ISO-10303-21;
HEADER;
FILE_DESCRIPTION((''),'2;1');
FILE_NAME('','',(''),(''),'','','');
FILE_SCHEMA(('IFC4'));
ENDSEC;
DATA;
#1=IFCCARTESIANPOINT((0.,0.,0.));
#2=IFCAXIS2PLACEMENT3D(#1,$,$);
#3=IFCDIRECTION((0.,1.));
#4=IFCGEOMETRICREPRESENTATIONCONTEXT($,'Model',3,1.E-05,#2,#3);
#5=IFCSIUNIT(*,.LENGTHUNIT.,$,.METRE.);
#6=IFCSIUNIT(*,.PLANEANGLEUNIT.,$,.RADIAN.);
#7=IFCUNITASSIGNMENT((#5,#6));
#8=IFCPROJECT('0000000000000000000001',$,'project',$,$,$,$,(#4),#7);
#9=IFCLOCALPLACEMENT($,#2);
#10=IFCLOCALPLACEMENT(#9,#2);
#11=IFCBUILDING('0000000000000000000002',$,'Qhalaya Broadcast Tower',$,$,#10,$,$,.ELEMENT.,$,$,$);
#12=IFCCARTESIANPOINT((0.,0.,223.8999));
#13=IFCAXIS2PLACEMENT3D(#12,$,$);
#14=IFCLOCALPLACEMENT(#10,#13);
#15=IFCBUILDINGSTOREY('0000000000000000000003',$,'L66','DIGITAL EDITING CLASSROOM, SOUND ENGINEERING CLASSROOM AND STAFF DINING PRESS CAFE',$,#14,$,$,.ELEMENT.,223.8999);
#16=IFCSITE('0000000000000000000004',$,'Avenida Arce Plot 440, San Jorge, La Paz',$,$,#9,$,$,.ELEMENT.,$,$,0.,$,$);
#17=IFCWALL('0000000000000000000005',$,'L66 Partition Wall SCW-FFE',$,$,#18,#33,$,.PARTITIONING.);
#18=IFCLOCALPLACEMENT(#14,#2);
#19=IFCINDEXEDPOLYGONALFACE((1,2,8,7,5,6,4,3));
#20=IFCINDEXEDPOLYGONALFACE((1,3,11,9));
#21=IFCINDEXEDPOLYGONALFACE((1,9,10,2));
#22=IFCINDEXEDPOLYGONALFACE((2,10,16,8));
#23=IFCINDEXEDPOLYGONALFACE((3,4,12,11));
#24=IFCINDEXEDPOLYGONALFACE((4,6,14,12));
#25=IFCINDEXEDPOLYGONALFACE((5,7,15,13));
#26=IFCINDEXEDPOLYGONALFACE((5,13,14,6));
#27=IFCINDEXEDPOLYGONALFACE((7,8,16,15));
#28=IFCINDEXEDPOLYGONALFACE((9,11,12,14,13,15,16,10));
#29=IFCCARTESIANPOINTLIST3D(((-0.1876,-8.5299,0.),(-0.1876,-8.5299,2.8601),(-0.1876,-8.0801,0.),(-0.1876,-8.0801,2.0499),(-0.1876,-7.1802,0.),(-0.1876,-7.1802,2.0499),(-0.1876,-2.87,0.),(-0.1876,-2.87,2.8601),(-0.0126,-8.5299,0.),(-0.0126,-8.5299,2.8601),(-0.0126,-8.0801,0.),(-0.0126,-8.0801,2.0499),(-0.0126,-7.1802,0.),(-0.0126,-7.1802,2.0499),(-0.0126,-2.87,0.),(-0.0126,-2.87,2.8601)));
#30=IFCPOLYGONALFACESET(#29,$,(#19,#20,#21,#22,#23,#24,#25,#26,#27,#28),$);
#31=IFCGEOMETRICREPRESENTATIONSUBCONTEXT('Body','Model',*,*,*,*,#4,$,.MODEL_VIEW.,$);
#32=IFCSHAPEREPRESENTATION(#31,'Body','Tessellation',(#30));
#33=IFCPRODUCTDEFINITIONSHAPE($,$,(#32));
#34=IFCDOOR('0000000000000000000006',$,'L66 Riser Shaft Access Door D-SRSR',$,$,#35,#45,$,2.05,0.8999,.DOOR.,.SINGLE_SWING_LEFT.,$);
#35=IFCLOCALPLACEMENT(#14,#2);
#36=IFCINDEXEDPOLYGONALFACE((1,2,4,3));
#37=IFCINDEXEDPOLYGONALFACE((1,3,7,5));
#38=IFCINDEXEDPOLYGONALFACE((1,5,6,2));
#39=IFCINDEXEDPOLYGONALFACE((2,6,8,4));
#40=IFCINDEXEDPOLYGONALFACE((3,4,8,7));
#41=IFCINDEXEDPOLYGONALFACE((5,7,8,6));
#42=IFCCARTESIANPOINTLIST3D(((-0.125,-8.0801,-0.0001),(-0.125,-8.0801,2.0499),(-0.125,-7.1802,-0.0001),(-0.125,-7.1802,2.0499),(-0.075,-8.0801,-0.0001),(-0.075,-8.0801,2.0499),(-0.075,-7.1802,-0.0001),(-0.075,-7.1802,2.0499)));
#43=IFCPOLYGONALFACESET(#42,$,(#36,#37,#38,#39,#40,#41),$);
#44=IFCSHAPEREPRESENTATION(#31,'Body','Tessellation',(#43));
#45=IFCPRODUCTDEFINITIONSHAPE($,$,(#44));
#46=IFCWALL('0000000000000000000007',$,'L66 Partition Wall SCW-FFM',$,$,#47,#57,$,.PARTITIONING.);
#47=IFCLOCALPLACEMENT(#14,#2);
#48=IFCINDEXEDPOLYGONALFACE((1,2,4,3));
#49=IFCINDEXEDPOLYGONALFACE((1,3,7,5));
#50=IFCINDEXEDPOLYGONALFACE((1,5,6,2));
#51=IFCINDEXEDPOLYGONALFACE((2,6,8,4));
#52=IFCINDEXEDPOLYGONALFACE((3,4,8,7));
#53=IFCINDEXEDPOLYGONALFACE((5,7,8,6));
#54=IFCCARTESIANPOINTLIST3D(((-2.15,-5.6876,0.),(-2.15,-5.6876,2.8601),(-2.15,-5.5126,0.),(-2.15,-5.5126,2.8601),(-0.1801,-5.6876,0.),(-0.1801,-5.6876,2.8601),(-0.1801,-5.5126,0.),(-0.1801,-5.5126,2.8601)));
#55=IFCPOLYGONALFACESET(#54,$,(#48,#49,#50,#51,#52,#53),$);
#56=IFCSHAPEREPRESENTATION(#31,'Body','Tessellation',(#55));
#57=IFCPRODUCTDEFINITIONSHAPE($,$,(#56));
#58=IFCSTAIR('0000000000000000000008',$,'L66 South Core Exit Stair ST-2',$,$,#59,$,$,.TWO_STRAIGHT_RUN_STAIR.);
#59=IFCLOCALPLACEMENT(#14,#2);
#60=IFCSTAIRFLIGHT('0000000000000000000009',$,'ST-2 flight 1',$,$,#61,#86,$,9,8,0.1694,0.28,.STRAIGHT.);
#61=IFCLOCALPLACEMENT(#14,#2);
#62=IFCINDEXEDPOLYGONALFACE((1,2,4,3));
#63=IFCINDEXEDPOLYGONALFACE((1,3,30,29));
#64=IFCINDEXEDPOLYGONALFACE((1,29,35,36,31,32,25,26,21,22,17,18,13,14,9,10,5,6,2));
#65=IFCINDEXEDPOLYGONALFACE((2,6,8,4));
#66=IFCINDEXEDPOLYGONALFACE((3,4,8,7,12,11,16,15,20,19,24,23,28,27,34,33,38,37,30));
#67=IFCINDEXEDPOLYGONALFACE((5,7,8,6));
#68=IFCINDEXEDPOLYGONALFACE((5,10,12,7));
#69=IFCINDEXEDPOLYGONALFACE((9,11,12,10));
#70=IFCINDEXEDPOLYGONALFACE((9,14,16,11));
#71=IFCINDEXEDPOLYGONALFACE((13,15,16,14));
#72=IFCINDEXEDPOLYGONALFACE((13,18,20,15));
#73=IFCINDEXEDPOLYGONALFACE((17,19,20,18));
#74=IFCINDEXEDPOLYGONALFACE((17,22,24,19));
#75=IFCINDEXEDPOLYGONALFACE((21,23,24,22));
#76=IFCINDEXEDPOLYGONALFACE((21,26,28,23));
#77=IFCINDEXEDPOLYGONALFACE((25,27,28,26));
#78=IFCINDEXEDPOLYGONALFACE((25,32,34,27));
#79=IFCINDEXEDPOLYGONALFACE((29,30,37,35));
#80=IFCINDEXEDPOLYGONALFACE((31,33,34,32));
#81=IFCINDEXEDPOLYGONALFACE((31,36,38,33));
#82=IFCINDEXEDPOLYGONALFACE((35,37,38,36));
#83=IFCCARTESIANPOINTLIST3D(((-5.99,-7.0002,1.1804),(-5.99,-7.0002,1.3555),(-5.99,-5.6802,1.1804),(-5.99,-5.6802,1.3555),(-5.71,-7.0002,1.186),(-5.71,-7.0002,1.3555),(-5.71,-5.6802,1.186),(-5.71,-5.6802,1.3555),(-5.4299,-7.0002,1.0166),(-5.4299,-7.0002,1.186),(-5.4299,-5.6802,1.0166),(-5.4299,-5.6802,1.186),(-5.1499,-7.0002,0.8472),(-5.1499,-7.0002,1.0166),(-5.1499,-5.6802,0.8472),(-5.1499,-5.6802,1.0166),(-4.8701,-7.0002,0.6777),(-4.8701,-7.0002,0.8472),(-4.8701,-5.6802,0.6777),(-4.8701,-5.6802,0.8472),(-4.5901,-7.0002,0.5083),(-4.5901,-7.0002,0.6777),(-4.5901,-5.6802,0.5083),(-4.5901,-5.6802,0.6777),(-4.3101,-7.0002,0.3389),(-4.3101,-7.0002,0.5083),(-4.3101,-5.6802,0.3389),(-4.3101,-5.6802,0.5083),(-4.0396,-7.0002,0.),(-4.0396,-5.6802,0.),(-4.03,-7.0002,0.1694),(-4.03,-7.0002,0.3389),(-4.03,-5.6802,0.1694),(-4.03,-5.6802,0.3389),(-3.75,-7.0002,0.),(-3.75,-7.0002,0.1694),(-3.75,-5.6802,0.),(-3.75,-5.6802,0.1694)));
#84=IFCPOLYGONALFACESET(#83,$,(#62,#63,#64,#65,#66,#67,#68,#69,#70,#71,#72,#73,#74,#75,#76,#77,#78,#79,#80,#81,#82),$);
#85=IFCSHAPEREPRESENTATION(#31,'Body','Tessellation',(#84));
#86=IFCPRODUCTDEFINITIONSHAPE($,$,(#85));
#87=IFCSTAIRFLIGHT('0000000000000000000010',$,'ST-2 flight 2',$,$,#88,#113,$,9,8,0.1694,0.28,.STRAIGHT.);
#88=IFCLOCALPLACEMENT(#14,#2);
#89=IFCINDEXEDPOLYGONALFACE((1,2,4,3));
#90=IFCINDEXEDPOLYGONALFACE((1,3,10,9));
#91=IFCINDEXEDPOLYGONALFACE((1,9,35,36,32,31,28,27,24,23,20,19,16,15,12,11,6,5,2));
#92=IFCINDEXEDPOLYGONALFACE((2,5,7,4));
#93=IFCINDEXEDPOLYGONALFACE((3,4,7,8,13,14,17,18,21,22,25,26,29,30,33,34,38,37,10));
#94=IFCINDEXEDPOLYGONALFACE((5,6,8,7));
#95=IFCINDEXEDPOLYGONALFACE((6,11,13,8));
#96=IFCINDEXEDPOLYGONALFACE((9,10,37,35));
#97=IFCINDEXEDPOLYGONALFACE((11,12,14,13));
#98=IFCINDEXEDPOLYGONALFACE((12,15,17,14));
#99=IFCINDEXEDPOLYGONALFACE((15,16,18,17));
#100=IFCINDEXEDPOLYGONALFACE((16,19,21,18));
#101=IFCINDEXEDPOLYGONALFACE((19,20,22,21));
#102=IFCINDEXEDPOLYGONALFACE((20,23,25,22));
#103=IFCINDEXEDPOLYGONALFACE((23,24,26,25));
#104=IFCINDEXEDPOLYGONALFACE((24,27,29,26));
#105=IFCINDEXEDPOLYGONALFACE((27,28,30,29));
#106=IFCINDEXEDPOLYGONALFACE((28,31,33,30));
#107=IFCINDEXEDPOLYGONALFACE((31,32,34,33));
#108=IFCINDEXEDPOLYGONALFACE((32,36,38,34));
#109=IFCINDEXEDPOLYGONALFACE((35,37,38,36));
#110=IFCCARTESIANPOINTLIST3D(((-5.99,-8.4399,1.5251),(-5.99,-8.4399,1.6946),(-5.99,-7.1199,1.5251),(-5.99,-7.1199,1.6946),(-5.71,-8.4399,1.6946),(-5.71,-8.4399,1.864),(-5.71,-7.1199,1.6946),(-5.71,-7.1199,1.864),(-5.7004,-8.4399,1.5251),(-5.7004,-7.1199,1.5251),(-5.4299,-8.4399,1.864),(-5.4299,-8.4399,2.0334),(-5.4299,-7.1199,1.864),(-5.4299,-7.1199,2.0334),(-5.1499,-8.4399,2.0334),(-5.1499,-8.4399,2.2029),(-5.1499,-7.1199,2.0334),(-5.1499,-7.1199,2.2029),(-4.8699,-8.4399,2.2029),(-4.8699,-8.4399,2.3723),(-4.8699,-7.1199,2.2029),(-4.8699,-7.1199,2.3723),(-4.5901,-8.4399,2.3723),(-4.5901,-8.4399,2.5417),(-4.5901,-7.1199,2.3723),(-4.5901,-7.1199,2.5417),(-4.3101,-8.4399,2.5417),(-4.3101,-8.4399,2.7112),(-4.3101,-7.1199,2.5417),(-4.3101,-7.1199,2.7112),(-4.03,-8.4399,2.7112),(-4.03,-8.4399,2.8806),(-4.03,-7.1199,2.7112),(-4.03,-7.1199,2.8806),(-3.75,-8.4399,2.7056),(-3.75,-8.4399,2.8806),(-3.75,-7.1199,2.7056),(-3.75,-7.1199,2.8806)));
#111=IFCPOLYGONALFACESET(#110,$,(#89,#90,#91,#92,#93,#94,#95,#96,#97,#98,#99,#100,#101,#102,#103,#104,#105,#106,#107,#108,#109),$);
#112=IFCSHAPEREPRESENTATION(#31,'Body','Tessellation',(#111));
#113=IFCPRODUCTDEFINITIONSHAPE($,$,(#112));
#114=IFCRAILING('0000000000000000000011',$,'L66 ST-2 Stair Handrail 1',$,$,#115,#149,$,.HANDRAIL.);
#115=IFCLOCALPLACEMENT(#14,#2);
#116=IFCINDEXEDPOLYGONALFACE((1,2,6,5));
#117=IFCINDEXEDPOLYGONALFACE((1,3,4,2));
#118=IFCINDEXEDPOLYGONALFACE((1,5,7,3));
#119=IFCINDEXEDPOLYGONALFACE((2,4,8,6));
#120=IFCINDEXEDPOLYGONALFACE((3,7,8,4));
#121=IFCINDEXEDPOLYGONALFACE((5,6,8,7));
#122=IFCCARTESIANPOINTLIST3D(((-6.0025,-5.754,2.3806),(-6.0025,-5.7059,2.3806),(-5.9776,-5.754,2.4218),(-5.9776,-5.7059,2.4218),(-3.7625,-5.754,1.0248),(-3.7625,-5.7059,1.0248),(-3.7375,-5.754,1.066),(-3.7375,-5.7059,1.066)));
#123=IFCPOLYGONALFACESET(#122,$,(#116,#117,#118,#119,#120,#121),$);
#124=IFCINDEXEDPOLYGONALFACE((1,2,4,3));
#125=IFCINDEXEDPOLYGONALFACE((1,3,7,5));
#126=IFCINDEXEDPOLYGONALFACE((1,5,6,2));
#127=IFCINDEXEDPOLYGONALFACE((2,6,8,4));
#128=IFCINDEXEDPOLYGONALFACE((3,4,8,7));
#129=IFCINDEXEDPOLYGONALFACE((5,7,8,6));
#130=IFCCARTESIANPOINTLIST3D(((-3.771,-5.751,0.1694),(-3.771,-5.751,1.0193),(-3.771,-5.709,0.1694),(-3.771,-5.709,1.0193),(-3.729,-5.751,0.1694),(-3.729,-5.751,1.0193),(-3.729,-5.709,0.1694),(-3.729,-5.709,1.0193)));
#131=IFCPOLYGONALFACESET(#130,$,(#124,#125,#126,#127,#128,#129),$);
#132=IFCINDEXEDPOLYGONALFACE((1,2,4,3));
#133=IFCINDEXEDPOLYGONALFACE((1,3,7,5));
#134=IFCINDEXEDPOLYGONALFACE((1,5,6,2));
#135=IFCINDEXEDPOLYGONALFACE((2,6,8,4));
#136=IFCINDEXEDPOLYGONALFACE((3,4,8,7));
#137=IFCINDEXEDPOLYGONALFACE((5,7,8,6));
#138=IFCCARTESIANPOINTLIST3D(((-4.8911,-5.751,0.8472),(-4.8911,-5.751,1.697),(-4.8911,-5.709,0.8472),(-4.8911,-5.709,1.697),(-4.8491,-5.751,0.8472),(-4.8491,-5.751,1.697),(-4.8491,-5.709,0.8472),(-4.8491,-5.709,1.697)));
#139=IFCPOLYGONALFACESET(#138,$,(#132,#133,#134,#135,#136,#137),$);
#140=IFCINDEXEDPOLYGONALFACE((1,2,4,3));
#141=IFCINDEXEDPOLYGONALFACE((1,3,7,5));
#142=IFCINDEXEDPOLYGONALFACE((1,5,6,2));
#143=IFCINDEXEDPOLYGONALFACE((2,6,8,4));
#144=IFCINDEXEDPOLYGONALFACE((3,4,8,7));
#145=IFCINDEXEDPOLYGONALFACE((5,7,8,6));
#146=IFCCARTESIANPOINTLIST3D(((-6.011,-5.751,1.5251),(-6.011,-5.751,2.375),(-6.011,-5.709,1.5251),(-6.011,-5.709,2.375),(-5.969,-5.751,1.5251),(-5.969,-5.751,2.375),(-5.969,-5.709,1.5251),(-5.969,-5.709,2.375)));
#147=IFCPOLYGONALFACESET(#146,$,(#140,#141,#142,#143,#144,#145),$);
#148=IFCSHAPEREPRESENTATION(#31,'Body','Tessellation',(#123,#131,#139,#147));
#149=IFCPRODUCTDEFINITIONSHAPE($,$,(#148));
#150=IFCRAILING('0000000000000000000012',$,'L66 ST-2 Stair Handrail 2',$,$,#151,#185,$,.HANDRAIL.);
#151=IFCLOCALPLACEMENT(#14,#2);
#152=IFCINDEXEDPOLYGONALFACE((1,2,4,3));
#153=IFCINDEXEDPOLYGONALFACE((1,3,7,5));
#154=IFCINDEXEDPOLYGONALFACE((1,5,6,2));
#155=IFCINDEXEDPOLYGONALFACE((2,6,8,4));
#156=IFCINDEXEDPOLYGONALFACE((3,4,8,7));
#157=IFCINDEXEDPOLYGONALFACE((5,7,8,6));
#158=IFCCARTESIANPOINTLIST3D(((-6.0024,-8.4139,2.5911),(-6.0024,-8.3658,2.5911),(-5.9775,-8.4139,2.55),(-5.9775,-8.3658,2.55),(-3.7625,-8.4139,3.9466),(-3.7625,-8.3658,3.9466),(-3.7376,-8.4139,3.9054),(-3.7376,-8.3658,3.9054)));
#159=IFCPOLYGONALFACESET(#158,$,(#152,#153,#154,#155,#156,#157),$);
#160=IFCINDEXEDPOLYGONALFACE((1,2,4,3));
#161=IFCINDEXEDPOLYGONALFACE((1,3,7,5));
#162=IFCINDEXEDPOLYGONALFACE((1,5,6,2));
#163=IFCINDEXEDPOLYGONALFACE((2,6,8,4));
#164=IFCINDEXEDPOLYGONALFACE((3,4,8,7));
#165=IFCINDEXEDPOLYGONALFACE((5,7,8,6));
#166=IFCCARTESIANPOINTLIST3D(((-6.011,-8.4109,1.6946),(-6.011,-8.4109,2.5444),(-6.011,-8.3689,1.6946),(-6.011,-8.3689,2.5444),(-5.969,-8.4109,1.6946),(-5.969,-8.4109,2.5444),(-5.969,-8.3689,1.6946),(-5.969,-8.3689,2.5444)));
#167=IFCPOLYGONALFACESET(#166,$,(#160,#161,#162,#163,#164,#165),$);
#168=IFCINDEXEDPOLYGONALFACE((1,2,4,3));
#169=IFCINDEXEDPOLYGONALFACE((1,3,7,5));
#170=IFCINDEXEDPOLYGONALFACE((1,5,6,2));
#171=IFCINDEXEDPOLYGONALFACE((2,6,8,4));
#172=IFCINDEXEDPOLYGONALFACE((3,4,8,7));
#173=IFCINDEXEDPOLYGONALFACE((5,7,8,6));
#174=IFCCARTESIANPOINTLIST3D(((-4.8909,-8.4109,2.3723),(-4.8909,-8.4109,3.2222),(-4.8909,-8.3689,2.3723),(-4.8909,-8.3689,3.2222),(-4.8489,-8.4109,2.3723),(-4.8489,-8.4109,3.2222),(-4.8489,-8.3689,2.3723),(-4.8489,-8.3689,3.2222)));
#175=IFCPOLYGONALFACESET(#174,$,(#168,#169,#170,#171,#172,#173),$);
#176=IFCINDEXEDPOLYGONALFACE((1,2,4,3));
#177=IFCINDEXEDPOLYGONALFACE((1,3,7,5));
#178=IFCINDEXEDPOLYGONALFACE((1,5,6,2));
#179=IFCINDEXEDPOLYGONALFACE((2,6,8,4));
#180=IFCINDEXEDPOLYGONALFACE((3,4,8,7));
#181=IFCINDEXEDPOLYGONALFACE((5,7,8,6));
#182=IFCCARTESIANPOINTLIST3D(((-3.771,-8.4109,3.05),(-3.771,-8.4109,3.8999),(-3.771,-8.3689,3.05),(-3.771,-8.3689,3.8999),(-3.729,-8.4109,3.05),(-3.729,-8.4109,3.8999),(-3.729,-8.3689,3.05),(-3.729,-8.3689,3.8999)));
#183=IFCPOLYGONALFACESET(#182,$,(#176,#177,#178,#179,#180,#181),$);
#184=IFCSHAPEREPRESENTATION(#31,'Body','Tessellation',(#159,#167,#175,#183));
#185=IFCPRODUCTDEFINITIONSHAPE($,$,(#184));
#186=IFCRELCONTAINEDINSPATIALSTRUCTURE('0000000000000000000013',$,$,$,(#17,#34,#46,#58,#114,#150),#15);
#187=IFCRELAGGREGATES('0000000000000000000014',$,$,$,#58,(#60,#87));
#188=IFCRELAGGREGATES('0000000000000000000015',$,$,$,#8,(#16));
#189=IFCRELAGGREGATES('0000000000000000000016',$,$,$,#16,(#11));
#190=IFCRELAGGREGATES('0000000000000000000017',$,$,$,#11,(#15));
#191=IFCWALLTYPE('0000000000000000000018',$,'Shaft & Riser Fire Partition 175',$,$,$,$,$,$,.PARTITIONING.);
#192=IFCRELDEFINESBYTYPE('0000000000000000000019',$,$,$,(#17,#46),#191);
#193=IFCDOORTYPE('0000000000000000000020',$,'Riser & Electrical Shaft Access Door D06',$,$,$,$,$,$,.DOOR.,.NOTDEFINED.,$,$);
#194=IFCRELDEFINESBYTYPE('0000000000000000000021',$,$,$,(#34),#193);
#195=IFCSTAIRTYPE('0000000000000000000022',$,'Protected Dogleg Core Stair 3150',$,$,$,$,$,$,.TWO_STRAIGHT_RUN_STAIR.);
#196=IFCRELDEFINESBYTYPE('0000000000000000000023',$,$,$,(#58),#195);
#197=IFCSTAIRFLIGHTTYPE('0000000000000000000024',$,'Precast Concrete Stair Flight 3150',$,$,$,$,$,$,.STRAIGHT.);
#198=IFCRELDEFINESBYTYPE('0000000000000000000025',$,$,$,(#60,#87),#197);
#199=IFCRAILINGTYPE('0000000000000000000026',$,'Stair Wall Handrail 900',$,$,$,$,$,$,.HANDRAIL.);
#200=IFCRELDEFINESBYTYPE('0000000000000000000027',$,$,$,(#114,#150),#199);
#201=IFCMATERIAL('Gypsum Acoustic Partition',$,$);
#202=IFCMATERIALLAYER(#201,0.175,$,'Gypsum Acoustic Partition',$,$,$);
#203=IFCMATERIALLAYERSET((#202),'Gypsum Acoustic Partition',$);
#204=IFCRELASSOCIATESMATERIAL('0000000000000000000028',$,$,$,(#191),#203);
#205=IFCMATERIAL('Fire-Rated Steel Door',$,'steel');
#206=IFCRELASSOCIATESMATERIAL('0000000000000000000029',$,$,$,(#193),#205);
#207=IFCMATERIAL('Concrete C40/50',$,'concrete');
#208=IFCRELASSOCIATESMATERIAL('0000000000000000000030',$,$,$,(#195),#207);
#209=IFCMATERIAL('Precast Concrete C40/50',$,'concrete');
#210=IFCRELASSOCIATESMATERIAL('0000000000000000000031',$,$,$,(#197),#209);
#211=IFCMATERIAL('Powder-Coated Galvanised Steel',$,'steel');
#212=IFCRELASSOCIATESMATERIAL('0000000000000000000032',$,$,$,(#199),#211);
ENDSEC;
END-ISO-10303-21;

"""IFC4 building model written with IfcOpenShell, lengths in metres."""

from ifc_helpers import new_model, si_unit, direction, frame, frame_2d, origin, origin_2d, place, context, subcontext, project, spatial, polyline, rectangle, outline, extrude, material, layer, layer_set, type_object, element, fill, aggregate, save


model = new_model("IFC4")

# Units and contexts
model_context = context("Model", 3, precision=1e-05, world=origin(), true_north=direction((0.0, 1.0)))
body_context = subcontext(model_context, "Body", "Model", "MODEL_VIEW")
ifc_project = project(units=[si_unit("LENGTHUNIT", "METRE"), si_unit("PLANEANGLEUNIT", "RADIAN")], contexts=[model_context])

# Site, building, storey
site_placement = place(None, origin())
site = spatial("IfcSite", under=ifc_project, at=site_placement, Name="Avenida Arce Plot 440, San Jorge, La Paz", CompositionType="ELEMENT", RefElevation=0.0)
building_placement = place(site_placement, origin())
building = spatial("IfcBuilding", under=site, at=building_placement, Name="Qhalaya Broadcast Tower", CompositionType="ELEMENT")
storey_placement = place(building_placement, frame((0.0, 0.0, 223.8999)))
storey = spatial("IfcBuildingStorey", under=building, at=storey_placement, Name="L66", Description="DIGITAL EDITING CLASSROOM, SOUND ENGINEERING CLASSROOM AND STAFF DINING PRESS CAFE", CompositionType="ELEMENT", Elevation=223.8999)

# Wall, opening, door
ifc_material_1 = material(Name="Fire-Rated Steel Door", Category="steel")
ifc_material_2 = material(Name="Gypsum Acoustic Partition")
ifc_layer_1 = layer(ifc_material_2, 0.175, Name="Gypsum Acoustic Partition")
ifc_layer_set_1 = layer_set([ifc_layer_1], Name="Gypsum Acoustic Partition")
wall_type_1 = type_object("IfcWallType", Name="Shaft & Riser Fire Partition 175", PredefinedType="PARTITIONING", material=ifc_layer_set_1)
wall_1_placement = place(storey_placement, frame((-0.1001, -8.53, 0.0), z_axis=(0.0, 0.0, 1.0), x_axis=(0.0, 1.0, 0.0)))
wall_1 = element("IfcWall", 1, at=wall_1_placement, inside=storey, type_object=wall_type_1, Name="L66 Partition Wall SCW-FFE", PredefinedType="PARTITIONING", context=body_context, shape_type="SweptSolid", body=[
    extrude(rectangle(XDim=5.6599, YDim=0.175, at=frame_2d((2.8301, 0.0))), origin(), (0.0, 0.0, 1.0), 2.8601),
])
opening_1_placement = place(wall_1_placement, frame((0.45, 0.0, 0.0)))
opening_1 = element("IfcOpeningElement", 2, at=opening_1_placement, cuts=wall_1, PredefinedType="OPENING", context=body_context, shape_type="SweptSolid", body=[
    extrude(rectangle(XDim=0.8999, YDim=2.05, at=frame_2d((0.45, 1.0249))), frame((0.0, 0.0996, 0.0), z_axis=(0.0, -1.0, 0.0), x_axis=(1.0, 0.0, 0.0)), (0.0, 0.0, 1.0), 0.199),
])
door_type_1 = type_object("IfcDoorType", Name="Riser & Electrical Shaft Access Door D06", OperationType="NOTDEFINED", PredefinedType="DOOR", material=ifc_material_1)
door_1_placement = place(opening_1_placement, origin())
door_1 = element("IfcDoor", 3, at=door_1_placement, inside=storey, type_object=door_type_1, Name="L66 Riser Shaft Access Door D-SRSR", OperationType="SINGLE_SWING_LEFT", OverallHeight=2.05, OverallWidth=0.8999, PredefinedType="DOOR", context=body_context, shape_type="SweptSolid", body=[
    extrude(rectangle(XDim=0.8999, YDim=2.05, at=frame_2d((0.45, 1.0249))), frame((0.0, 0.0249, 0.0), z_axis=(0.0, -1.0, 0.0), x_axis=(1.0, 0.0, 0.0)), (0.0, 0.0, 1.0), 0.05),
])
fill(opening_1, door_1)

# Wall
wall_2_placement = place(storey_placement, frame((-2.1499, -5.6001, 0.0), z_axis=(0.0, 0.0, 1.0), x_axis=(1.0, 0.0, 0.0)))
element("IfcWall", 4, at=wall_2_placement, inside=storey, type_object=wall_type_1, Name="L66 Partition Wall SCW-FFM", PredefinedType="PARTITIONING", context=body_context, shape_type="SweptSolid", body=[
    extrude(rectangle(XDim=1.97, YDim=0.175, at=frame_2d((0.9849, 0.0))), origin(), (0.0, 0.0, 1.0), 2.8601),
])

# Stair, stair flights
ifc_material_3 = material(Name="Concrete C40/50", Category="concrete")
stair_type = type_object("IfcStairType", Name="Protected Dogleg Core Stair 3150", PredefinedType="TWO_STRAIGHT_RUN_STAIR", material=ifc_material_3)
stair_placement = place(storey_placement, origin())
stair = element("IfcStair", 5, at=stair_placement, inside=storey, type_object=stair_type, Name="L66 South Core Exit Stair ST-2", PredefinedType="TWO_STRAIGHT_RUN_STAIR")
ifc_material_4 = material(Name="Precast Concrete C40/50", Category="concrete")
stair_flight_type = type_object("IfcStairFlightType", Name="Precast Concrete Stair Flight 3150", PredefinedType="STRAIGHT", material=ifc_material_4)
stair_flight_1_placement = place(storey_placement, frame((-3.75, -6.3401, 0.0), z_axis=(0.0, 0.0, 1.0), x_axis=(-1.0, 0.0, 0.0)))
stair_flight_1 = element("IfcStairFlight", 6, at=stair_flight_1_placement, type_object=stair_flight_type, Name="ST-2 flight 1", NumberOfRisers=9, NumberOfTreads=8, PredefinedType="STRAIGHT", RiserHeight=0.1694, TreadLength=0.28, context=body_context, shape_type="SweptSolid", body=[
    extrude(outline(polyline([(0.0, 0.0), (0.0, 0.1694), (0.28, 0.1694), (0.28, 0.3389), (0.5601, 0.3389), (0.5601, 0.5083), (0.8401, 0.5083), (0.8401, 0.6777), (1.1201, 0.6777), (1.1201, 0.8472), (1.3999, 0.8472), (1.3999, 1.0166), (1.6799, 1.0166), (1.6799, 1.186), (1.96, 1.186), (1.96, 1.3555), (2.24, 1.3555), (2.24, 1.5249), (2.24, 1.1804), (0.2896, 0.0), (0.0, 0.0)])), frame((0.0, 0.6602, 0.0), z_axis=(0.0, -1.0, 0.0), x_axis=(1.0, 0.0, 0.0)), (0.0, 0.0, 1.0), 1.3201),
])
stair_flight_2_placement = place(storey_placement, frame((-5.99, -7.78, 1.5251), z_axis=(0.0, 0.0, 1.0), x_axis=(1.0, 0.0, 0.0)))
stair_flight_2 = element("IfcStairFlight", 7, at=stair_flight_2_placement, type_object=stair_flight_type, Name="ST-2 flight 2", NumberOfRisers=9, NumberOfTreads=8, PredefinedType="STRAIGHT", RiserHeight=0.1694, TreadLength=0.28, context=body_context, shape_type="SweptSolid", body=[
    extrude(outline(polyline([(0.0, 0.0), (0.0, 0.1694), (0.28, 0.1694), (0.28, 0.3389), (0.5601, 0.3389), (0.5601, 0.5083), (0.8401, 0.5083), (0.8401, 0.6777), (1.1201, 0.6777), (1.1201, 0.8472), (1.3999, 0.8472), (1.3999, 1.0166), (1.6799, 1.0166), (1.6799, 1.186), (1.96, 1.186), (1.96, 1.3555), (2.24, 1.3555), (2.24, 1.5249), (2.24, 1.1804), (0.2896, 0.0), (0.0, 0.0)])), frame((0.0, 0.6602, 0.0), z_axis=(0.0, -1.0, 0.0), x_axis=(1.0, 0.0, 0.0)), (0.0, 0.0, 1.0), 1.3201),
])
aggregate(stair, [stair_flight_1, stair_flight_2])

# Railings
ifc_material_5 = material(Name="Powder-Coated Galvanised Steel", Category="steel")
railing_type_1 = type_object("IfcRailingType", Name="Stair Wall Handrail 900", PredefinedType="HANDRAIL", material=ifc_material_5)
railing_1_placement = place(storey_placement, frame((-3.75, -5.73, 0.1694)))
element("IfcRailing", 8, at=railing_1_placement, inside=storey, type_object=railing_type_1, Name="L66 ST-2 Stair Handrail 1", PredefinedType="HANDRAIL", context=body_context, shape_type="SweptSolid", body=[
    extrude(rectangle(XDim=0.0481, YDim=0.0481, at=origin_2d()), frame((0.0, 0.0, 0.876), z_axis=(-0.855512, 0.0, 0.517783), x_axis=(0.0, -1.0, 0.0)), (0.0, 0.0, 1.0), 2.6184),
    extrude(rectangle(XDim=0.042, YDim=0.042, at=origin_2d()), origin(), (0.0, 0.0, 1.0), 0.8499),
    extrude(rectangle(XDim=0.042, YDim=0.042, at=origin_2d()), frame((-1.1201, 0.0, 0.6777)), (0.0, 0.0, 1.0), 0.8499),
    extrude(rectangle(XDim=0.042, YDim=0.042, at=origin_2d()), frame((-2.24, 0.0, 1.3557)), (0.0, 0.0, 1.0), 0.8499),
])
railing_2_placement = place(storey_placement, frame((-5.99, -8.3899, 1.6946)))
element("IfcRailing", 9, at=railing_2_placement, inside=storey, type_object=railing_type_1, Name="L66 ST-2 Stair Handrail 2", PredefinedType="HANDRAIL", context=body_context, shape_type="SweptSolid", body=[
    extrude(rectangle(XDim=0.0481, YDim=0.0481, at=origin_2d()), frame((0.0, 0.0, 0.876), z_axis=(0.855553, 0.0, 0.517715), x_axis=(0.0, 1.0, 0.0)), (0.0, 0.0, 1.0), 2.6182),
    extrude(rectangle(XDim=0.042, YDim=0.042, at=origin_2d()), origin(), (0.0, 0.0, 1.0), 0.8499),
    extrude(rectangle(XDim=0.042, YDim=0.042, at=origin_2d()), frame((1.1201, 0.0, 0.6777)), (0.0, 0.0, 1.0), 0.8499),
    extrude(rectangle(XDim=0.042, YDim=0.042, at=origin_2d()), frame((2.24, 0.0, 1.3555)), (0.0, 0.0, 1.0), 0.8499),
])

save(model, "model.ifc")
